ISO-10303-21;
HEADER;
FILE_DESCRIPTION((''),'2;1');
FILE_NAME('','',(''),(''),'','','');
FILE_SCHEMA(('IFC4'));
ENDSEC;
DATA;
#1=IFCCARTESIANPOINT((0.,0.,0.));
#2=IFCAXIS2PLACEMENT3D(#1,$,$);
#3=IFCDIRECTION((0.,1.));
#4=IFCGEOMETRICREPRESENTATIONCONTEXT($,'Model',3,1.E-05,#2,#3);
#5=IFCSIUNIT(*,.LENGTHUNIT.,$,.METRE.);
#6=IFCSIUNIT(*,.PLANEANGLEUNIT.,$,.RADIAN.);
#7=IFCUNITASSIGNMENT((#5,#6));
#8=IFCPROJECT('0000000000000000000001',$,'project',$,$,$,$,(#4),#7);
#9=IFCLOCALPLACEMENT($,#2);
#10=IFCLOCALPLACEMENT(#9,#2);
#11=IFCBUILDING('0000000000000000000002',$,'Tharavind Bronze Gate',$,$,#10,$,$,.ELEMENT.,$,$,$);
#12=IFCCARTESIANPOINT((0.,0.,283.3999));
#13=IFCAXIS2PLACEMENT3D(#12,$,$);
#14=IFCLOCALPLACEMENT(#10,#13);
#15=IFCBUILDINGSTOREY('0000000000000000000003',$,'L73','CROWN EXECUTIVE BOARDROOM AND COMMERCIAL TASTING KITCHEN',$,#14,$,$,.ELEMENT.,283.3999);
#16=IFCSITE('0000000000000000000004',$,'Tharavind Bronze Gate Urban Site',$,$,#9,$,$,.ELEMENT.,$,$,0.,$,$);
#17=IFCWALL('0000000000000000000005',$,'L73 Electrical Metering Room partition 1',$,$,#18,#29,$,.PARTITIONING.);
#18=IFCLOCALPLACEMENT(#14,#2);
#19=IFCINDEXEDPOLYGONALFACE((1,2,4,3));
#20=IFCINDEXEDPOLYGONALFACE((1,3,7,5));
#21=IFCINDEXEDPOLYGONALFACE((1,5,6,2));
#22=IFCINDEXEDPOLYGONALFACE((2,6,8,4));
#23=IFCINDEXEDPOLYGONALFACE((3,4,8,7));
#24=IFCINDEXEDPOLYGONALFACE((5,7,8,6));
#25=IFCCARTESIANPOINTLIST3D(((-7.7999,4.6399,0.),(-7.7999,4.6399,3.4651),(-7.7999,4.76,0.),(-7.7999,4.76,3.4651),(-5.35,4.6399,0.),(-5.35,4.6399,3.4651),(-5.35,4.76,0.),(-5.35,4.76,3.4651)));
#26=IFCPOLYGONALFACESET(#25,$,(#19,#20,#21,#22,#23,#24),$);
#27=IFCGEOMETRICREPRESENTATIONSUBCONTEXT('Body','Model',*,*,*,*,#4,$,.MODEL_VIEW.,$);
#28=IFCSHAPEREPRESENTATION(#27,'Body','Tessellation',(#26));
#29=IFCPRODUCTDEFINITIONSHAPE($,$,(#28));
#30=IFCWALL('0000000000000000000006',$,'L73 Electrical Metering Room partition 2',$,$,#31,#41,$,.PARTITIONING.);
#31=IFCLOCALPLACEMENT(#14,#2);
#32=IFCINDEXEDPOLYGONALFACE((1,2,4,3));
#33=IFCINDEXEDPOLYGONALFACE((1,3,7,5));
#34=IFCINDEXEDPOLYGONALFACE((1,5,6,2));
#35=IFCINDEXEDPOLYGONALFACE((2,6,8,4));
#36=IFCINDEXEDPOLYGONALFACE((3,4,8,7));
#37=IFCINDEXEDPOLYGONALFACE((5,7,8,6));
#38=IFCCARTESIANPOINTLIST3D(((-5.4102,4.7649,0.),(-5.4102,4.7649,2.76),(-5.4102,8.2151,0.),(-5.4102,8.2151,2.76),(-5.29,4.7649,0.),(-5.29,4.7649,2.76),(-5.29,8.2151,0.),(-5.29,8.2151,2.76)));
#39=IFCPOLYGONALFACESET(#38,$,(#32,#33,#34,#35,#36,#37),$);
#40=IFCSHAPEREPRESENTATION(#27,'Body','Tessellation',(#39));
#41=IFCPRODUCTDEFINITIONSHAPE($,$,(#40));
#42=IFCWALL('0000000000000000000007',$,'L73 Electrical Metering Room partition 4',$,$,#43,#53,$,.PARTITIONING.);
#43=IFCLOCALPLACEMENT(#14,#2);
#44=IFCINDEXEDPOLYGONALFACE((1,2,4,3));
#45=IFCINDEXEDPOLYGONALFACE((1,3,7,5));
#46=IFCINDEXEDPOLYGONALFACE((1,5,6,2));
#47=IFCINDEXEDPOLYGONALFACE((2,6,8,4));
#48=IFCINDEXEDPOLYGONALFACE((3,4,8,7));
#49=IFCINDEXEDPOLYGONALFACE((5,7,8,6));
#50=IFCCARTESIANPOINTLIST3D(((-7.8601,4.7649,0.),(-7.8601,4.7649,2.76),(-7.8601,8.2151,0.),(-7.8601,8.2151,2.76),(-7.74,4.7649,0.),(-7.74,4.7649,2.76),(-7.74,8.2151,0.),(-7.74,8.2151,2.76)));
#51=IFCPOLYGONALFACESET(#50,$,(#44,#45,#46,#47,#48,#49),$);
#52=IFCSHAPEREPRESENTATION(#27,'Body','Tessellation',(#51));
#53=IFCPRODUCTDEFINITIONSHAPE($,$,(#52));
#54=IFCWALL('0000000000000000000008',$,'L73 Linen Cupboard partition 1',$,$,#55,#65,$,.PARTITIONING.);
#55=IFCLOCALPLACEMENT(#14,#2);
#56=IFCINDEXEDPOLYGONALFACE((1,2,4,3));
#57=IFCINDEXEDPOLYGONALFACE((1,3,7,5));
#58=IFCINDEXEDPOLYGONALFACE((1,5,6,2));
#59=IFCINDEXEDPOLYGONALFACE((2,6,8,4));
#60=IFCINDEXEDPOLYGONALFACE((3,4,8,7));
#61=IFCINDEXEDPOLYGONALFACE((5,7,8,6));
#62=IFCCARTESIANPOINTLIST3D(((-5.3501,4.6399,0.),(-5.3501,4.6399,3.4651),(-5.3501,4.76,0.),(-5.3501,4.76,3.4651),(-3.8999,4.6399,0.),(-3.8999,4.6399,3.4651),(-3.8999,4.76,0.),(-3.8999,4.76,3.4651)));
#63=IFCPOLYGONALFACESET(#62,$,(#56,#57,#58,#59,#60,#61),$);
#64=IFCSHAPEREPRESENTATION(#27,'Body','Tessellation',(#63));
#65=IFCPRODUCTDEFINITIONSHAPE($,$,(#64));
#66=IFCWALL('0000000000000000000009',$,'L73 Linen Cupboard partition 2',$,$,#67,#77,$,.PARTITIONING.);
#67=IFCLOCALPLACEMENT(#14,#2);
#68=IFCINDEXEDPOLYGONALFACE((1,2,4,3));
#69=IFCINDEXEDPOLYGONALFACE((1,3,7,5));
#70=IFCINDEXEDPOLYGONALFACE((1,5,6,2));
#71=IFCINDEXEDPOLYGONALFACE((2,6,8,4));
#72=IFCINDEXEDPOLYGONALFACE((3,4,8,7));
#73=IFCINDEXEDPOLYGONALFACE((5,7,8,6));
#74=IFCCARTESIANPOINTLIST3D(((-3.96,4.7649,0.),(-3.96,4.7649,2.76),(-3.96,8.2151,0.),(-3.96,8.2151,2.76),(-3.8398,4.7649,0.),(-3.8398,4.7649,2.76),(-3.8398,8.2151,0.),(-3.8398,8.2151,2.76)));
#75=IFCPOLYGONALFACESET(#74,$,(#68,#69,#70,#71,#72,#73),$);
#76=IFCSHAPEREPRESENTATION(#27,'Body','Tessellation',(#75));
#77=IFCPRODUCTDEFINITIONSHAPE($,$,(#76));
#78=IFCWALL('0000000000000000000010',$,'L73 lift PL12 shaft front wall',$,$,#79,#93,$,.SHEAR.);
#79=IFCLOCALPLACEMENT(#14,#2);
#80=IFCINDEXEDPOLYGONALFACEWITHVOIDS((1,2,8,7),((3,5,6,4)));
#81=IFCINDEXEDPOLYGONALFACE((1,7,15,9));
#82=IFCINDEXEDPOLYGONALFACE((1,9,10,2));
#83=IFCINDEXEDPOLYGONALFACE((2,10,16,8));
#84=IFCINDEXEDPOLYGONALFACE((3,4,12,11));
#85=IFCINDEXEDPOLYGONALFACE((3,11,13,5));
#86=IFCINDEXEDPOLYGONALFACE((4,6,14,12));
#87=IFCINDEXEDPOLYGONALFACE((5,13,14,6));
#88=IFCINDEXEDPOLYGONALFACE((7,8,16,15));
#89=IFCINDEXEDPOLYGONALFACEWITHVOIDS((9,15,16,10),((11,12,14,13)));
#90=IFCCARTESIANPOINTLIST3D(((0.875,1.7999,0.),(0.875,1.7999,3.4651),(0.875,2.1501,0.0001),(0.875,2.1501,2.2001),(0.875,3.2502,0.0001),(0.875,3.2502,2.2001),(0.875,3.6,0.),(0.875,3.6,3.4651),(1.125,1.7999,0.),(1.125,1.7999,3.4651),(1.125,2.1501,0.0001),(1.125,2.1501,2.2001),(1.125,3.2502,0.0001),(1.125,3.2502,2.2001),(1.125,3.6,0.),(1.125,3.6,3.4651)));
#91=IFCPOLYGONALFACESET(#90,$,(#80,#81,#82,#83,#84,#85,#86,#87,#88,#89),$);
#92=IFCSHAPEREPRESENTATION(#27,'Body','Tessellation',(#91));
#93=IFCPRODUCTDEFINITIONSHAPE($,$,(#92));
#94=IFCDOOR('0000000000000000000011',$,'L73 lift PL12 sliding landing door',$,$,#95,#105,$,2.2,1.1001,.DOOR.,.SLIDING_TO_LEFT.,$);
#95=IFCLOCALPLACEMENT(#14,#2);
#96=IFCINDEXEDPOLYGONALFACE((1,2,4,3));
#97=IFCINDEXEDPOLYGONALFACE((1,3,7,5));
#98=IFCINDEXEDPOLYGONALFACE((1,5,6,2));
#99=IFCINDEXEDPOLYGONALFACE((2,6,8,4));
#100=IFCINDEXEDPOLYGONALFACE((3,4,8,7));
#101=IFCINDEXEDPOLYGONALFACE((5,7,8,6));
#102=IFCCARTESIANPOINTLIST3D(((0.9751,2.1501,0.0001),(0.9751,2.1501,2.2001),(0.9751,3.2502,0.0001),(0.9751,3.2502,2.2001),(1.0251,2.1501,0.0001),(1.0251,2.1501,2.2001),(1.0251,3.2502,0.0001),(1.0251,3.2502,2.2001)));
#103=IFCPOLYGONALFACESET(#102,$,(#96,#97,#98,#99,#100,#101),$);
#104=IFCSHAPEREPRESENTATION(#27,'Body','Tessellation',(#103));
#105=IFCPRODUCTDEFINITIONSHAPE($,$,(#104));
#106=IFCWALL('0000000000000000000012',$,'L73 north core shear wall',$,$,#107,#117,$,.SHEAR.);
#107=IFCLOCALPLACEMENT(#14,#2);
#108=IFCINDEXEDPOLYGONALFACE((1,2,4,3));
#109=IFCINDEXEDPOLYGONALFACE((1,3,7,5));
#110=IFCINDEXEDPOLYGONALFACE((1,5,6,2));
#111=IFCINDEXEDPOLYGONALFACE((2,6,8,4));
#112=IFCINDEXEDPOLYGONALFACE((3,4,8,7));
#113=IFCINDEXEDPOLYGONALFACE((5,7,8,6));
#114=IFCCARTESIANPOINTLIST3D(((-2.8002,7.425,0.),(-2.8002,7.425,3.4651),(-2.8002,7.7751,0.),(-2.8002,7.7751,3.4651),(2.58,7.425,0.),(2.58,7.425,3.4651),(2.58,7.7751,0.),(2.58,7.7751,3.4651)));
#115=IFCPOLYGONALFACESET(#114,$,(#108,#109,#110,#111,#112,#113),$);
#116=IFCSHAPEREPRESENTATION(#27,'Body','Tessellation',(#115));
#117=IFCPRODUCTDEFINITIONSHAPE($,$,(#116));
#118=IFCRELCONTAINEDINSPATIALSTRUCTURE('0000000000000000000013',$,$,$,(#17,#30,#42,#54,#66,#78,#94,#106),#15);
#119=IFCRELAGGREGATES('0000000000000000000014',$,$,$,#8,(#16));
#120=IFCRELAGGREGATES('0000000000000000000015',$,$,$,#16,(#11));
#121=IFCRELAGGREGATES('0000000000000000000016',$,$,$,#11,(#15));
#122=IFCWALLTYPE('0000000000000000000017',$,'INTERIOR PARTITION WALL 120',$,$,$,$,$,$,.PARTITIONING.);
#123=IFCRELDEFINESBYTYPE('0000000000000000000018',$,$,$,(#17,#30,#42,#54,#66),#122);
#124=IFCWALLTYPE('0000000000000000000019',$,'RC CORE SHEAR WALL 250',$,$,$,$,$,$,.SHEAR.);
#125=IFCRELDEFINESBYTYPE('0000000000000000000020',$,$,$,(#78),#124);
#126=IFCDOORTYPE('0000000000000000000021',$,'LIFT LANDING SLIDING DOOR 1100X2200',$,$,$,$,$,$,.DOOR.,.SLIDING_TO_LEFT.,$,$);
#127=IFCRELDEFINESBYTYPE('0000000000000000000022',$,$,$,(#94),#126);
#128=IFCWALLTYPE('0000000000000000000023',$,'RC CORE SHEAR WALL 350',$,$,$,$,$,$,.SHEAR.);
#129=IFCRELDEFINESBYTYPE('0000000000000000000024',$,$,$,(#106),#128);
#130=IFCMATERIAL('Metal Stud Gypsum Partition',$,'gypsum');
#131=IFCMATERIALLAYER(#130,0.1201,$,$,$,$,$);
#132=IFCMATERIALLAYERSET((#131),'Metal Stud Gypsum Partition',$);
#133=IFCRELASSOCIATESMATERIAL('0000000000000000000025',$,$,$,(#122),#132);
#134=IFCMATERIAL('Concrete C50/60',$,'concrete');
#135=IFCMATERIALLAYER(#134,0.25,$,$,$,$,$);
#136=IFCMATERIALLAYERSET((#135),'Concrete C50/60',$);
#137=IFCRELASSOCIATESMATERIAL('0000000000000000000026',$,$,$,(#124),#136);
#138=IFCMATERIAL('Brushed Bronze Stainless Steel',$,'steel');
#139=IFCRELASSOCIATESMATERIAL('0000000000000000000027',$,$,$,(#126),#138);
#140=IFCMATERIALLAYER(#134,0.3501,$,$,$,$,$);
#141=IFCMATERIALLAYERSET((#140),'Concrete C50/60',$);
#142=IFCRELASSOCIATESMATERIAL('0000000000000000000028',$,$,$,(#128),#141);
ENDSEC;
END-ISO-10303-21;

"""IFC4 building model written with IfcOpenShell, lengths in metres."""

from ifc_helpers import new_model, si_unit, direction, frame, frame_2d, origin, place, context, subcontext, project, spatial, rectangle, extrude, material, layer, layer_set, type_object, element, fill, save


model = new_model("IFC4")

# Units and contexts
model_context = context("Model", 3, precision=1e-05, world=origin(), true_north=direction((0.0, 1.0)))
body_context = subcontext(model_context, "Body", "Model", "MODEL_VIEW")
ifc_project = project(units=[si_unit("LENGTHUNIT", "METRE"), si_unit("PLANEANGLEUNIT", "RADIAN")], contexts=[model_context])

# Site, building, storey
site_placement = place(None, origin())
site = spatial("IfcSite", under=ifc_project, at=site_placement, Name="Tharavind Bronze Gate Urban Site", CompositionType="ELEMENT", RefElevation=0.0)
building_placement = place(site_placement, origin())
building = spatial("IfcBuilding", under=site, at=building_placement, Name="Tharavind Bronze Gate", CompositionType="ELEMENT")
storey_placement = place(building_placement, frame((0.0, 0.0, 283.3999)))
storey = spatial("IfcBuildingStorey", under=building, at=storey_placement, Name="L73", Description="CROWN EXECUTIVE BOARDROOM AND COMMERCIAL TASTING KITCHEN", CompositionType="ELEMENT", Elevation=283.3999)

# Shared definitions
ifc_material_1 = material(Name="Metal Stud Gypsum Partition", Category="gypsum")
ifc_layer_1 = layer(ifc_material_1, 0.1201)
ifc_layer_set_1 = layer_set([ifc_layer_1], Name="Metal Stud Gypsum Partition")
wall_type_1 = type_object("IfcWallType", Name="INTERIOR PARTITION WALL 120", PredefinedType="PARTITIONING", material=ifc_layer_set_1)

# Walls
wall_1_placement = place(storey_placement, frame((-7.8, 4.7, 0.0), z_axis=(0.0, 0.0, 1.0), x_axis=(1.0, 0.0, 0.0)))
element("IfcWall", 1, at=wall_1_placement, inside=storey, type_object=wall_type_1, Name="L73 Electrical Metering Room partition 1", PredefinedType="PARTITIONING", context=body_context, shape_type="SweptSolid", body=[
    extrude(rectangle(XDim=2.45, YDim=0.1201, at=frame_2d((1.2251, 0.0))), origin(), (0.0, 0.0, 1.0), 3.4651),
])
for number, where, z_axis, x_axis, name in (
    (2, (-5.3501, 4.7649, 0.0), (0.0, 0.0, 1.0), (0.0, 1.0, 0.0), "L73 Electrical Metering Room partition 2"),
    (3, (-7.8, 8.2151, 0.0), (0.0, 0.0, 1.0), (0.0, -1.0, 0.0), "L73 Electrical Metering Room partition 4"),
):
    element("IfcWall", number, at=place(storey_placement, frame(where, z_axis=z_axis, x_axis=x_axis)), inside=storey, type_object=wall_type_1, Name=name, PredefinedType="PARTITIONING", context=body_context, shape_type="SweptSolid", body=[
        extrude(rectangle(XDim=3.4502, YDim=0.1201, at=frame_2d((1.7251, 0.0))), origin(), (0.0, 0.0, 1.0), 2.76),
    ])
wall_2_placement = place(storey_placement, frame((-5.3501, 4.7, 0.0), z_axis=(0.0, 0.0, 1.0), x_axis=(1.0, 0.0, 0.0)))
element("IfcWall", 4, at=wall_2_placement, inside=storey, type_object=wall_type_1, Name="L73 Linen Cupboard partition 1", PredefinedType="PARTITIONING", context=body_context, shape_type="SweptSolid", body=[
    extrude(rectangle(XDim=1.4502, YDim=0.1201, at=frame_2d((0.7251, 0.0))), origin(), (0.0, 0.0, 1.0), 3.4651),
])
wall_3_placement = place(storey_placement, frame((-3.8999, 4.7649, 0.0), z_axis=(0.0, 0.0, 1.0), x_axis=(0.0, 1.0, 0.0)))
element("IfcWall", 5, at=wall_3_placement, inside=storey, type_object=wall_type_1, Name="L73 Linen Cupboard partition 2", PredefinedType="PARTITIONING", context=body_context, shape_type="SweptSolid", body=[
    extrude(rectangle(XDim=3.4502, YDim=0.1201, at=frame_2d((1.7251, 0.0))), origin(), (0.0, 0.0, 1.0), 2.76),
])

# Wall, opening, door
ifc_material_2 = material(Name="Concrete C50/60", Category="concrete")
ifc_layer_2 = layer(ifc_material_2, 0.25)
ifc_layer_set_2 = layer_set([ifc_layer_2], Name="Concrete C50/60")
wall_type_2 = type_object("IfcWallType", Name="RC CORE SHEAR WALL 250", PredefinedType="SHEAR", material=ifc_layer_set_2)
wall_4_placement = place(storey_placement, frame((1.0, 1.8, 0.0), z_axis=(0.0, 0.0, 1.0), x_axis=(0.0, 1.0, 0.0)))
wall_4 = element("IfcWall", 6, at=wall_4_placement, inside=storey, type_object=wall_type_2, Name="L73 lift PL12 shaft front wall", PredefinedType="SHEAR", context=body_context, shape_type="SweptSolid", body=[
    extrude(rectangle(XDim=1.8, YDim=0.25, at=frame_2d((0.8999, 0.0))), origin(), (0.0, 0.0, 1.0), 3.4651),
])
opening_1_placement = place(wall_4_placement, frame((0.3501, 0.0, 0.0)))
opening_1 = element("IfcOpeningElement", 7, at=opening_1_placement, cuts=wall_4, PredefinedType="OPENING", context=body_context, shape_type="SweptSolid", body=[
    extrude(rectangle(XDim=1.1001, YDim=2.2, at=frame_2d((0.55, 1.1001))), frame((0.0, 0.135, 0.0), z_axis=(0.0, -1.0, 0.0), x_axis=(1.0, 0.0, 0.0)), (0.0, 0.0, 1.0), 0.27),
])
ifc_material_3 = material(Name="Brushed Bronze Stainless Steel", Category="steel")
door_type_1 = type_object("IfcDoorType", Name="LIFT LANDING SLIDING DOOR 1100X2200", OperationType="SLIDING_TO_LEFT", PredefinedType="DOOR", material=ifc_material_3)
door_1_placement = place(opening_1_placement, origin())
door_1 = element("IfcDoor", 8, at=door_1_placement, inside=storey, type_object=door_type_1, Name="L73 lift PL12 sliding landing door", OperationType="SLIDING_TO_LEFT", OverallHeight=2.2, OverallWidth=1.1001, PredefinedType="DOOR", context=body_context, shape_type="SweptSolid", body=[
    extrude(rectangle(XDim=1.1001, YDim=2.2, at=frame_2d((0.55, 1.1001))), frame((0.0, 0.0249, 0.0), z_axis=(0.0, -1.0, 0.0), x_axis=(1.0, 0.0, 0.0)), (0.0, 0.0, 1.0), 0.05),
])
fill(opening_1, door_1)

# Wall
ifc_layer_3 = layer(ifc_material_2, 0.3501)
ifc_layer_set_3 = layer_set([ifc_layer_3], Name="Concrete C50/60")
wall_type_3 = type_object("IfcWallType", Name="RC CORE SHEAR WALL 350", PredefinedType="SHEAR", material=ifc_layer_set_3)
wall_5_placement = place(storey_placement, frame((-2.8, 7.6001, 0.0), z_axis=(0.0, 0.0, 1.0), x_axis=(1.0, 0.0, 0.0)))
element("IfcWall", 9, at=wall_5_placement, inside=storey, type_object=wall_type_3, Name="L73 north core shear wall", PredefinedType="SHEAR", context=body_context, shape_type="SweptSolid", body=[
    extrude(rectangle(XDim=5.3801, YDim=0.3501, at=frame_2d((2.6899, 0.0))), origin(), (0.0, 0.0, 1.0), 3.4651),
])

save(model, "model.ifc")
